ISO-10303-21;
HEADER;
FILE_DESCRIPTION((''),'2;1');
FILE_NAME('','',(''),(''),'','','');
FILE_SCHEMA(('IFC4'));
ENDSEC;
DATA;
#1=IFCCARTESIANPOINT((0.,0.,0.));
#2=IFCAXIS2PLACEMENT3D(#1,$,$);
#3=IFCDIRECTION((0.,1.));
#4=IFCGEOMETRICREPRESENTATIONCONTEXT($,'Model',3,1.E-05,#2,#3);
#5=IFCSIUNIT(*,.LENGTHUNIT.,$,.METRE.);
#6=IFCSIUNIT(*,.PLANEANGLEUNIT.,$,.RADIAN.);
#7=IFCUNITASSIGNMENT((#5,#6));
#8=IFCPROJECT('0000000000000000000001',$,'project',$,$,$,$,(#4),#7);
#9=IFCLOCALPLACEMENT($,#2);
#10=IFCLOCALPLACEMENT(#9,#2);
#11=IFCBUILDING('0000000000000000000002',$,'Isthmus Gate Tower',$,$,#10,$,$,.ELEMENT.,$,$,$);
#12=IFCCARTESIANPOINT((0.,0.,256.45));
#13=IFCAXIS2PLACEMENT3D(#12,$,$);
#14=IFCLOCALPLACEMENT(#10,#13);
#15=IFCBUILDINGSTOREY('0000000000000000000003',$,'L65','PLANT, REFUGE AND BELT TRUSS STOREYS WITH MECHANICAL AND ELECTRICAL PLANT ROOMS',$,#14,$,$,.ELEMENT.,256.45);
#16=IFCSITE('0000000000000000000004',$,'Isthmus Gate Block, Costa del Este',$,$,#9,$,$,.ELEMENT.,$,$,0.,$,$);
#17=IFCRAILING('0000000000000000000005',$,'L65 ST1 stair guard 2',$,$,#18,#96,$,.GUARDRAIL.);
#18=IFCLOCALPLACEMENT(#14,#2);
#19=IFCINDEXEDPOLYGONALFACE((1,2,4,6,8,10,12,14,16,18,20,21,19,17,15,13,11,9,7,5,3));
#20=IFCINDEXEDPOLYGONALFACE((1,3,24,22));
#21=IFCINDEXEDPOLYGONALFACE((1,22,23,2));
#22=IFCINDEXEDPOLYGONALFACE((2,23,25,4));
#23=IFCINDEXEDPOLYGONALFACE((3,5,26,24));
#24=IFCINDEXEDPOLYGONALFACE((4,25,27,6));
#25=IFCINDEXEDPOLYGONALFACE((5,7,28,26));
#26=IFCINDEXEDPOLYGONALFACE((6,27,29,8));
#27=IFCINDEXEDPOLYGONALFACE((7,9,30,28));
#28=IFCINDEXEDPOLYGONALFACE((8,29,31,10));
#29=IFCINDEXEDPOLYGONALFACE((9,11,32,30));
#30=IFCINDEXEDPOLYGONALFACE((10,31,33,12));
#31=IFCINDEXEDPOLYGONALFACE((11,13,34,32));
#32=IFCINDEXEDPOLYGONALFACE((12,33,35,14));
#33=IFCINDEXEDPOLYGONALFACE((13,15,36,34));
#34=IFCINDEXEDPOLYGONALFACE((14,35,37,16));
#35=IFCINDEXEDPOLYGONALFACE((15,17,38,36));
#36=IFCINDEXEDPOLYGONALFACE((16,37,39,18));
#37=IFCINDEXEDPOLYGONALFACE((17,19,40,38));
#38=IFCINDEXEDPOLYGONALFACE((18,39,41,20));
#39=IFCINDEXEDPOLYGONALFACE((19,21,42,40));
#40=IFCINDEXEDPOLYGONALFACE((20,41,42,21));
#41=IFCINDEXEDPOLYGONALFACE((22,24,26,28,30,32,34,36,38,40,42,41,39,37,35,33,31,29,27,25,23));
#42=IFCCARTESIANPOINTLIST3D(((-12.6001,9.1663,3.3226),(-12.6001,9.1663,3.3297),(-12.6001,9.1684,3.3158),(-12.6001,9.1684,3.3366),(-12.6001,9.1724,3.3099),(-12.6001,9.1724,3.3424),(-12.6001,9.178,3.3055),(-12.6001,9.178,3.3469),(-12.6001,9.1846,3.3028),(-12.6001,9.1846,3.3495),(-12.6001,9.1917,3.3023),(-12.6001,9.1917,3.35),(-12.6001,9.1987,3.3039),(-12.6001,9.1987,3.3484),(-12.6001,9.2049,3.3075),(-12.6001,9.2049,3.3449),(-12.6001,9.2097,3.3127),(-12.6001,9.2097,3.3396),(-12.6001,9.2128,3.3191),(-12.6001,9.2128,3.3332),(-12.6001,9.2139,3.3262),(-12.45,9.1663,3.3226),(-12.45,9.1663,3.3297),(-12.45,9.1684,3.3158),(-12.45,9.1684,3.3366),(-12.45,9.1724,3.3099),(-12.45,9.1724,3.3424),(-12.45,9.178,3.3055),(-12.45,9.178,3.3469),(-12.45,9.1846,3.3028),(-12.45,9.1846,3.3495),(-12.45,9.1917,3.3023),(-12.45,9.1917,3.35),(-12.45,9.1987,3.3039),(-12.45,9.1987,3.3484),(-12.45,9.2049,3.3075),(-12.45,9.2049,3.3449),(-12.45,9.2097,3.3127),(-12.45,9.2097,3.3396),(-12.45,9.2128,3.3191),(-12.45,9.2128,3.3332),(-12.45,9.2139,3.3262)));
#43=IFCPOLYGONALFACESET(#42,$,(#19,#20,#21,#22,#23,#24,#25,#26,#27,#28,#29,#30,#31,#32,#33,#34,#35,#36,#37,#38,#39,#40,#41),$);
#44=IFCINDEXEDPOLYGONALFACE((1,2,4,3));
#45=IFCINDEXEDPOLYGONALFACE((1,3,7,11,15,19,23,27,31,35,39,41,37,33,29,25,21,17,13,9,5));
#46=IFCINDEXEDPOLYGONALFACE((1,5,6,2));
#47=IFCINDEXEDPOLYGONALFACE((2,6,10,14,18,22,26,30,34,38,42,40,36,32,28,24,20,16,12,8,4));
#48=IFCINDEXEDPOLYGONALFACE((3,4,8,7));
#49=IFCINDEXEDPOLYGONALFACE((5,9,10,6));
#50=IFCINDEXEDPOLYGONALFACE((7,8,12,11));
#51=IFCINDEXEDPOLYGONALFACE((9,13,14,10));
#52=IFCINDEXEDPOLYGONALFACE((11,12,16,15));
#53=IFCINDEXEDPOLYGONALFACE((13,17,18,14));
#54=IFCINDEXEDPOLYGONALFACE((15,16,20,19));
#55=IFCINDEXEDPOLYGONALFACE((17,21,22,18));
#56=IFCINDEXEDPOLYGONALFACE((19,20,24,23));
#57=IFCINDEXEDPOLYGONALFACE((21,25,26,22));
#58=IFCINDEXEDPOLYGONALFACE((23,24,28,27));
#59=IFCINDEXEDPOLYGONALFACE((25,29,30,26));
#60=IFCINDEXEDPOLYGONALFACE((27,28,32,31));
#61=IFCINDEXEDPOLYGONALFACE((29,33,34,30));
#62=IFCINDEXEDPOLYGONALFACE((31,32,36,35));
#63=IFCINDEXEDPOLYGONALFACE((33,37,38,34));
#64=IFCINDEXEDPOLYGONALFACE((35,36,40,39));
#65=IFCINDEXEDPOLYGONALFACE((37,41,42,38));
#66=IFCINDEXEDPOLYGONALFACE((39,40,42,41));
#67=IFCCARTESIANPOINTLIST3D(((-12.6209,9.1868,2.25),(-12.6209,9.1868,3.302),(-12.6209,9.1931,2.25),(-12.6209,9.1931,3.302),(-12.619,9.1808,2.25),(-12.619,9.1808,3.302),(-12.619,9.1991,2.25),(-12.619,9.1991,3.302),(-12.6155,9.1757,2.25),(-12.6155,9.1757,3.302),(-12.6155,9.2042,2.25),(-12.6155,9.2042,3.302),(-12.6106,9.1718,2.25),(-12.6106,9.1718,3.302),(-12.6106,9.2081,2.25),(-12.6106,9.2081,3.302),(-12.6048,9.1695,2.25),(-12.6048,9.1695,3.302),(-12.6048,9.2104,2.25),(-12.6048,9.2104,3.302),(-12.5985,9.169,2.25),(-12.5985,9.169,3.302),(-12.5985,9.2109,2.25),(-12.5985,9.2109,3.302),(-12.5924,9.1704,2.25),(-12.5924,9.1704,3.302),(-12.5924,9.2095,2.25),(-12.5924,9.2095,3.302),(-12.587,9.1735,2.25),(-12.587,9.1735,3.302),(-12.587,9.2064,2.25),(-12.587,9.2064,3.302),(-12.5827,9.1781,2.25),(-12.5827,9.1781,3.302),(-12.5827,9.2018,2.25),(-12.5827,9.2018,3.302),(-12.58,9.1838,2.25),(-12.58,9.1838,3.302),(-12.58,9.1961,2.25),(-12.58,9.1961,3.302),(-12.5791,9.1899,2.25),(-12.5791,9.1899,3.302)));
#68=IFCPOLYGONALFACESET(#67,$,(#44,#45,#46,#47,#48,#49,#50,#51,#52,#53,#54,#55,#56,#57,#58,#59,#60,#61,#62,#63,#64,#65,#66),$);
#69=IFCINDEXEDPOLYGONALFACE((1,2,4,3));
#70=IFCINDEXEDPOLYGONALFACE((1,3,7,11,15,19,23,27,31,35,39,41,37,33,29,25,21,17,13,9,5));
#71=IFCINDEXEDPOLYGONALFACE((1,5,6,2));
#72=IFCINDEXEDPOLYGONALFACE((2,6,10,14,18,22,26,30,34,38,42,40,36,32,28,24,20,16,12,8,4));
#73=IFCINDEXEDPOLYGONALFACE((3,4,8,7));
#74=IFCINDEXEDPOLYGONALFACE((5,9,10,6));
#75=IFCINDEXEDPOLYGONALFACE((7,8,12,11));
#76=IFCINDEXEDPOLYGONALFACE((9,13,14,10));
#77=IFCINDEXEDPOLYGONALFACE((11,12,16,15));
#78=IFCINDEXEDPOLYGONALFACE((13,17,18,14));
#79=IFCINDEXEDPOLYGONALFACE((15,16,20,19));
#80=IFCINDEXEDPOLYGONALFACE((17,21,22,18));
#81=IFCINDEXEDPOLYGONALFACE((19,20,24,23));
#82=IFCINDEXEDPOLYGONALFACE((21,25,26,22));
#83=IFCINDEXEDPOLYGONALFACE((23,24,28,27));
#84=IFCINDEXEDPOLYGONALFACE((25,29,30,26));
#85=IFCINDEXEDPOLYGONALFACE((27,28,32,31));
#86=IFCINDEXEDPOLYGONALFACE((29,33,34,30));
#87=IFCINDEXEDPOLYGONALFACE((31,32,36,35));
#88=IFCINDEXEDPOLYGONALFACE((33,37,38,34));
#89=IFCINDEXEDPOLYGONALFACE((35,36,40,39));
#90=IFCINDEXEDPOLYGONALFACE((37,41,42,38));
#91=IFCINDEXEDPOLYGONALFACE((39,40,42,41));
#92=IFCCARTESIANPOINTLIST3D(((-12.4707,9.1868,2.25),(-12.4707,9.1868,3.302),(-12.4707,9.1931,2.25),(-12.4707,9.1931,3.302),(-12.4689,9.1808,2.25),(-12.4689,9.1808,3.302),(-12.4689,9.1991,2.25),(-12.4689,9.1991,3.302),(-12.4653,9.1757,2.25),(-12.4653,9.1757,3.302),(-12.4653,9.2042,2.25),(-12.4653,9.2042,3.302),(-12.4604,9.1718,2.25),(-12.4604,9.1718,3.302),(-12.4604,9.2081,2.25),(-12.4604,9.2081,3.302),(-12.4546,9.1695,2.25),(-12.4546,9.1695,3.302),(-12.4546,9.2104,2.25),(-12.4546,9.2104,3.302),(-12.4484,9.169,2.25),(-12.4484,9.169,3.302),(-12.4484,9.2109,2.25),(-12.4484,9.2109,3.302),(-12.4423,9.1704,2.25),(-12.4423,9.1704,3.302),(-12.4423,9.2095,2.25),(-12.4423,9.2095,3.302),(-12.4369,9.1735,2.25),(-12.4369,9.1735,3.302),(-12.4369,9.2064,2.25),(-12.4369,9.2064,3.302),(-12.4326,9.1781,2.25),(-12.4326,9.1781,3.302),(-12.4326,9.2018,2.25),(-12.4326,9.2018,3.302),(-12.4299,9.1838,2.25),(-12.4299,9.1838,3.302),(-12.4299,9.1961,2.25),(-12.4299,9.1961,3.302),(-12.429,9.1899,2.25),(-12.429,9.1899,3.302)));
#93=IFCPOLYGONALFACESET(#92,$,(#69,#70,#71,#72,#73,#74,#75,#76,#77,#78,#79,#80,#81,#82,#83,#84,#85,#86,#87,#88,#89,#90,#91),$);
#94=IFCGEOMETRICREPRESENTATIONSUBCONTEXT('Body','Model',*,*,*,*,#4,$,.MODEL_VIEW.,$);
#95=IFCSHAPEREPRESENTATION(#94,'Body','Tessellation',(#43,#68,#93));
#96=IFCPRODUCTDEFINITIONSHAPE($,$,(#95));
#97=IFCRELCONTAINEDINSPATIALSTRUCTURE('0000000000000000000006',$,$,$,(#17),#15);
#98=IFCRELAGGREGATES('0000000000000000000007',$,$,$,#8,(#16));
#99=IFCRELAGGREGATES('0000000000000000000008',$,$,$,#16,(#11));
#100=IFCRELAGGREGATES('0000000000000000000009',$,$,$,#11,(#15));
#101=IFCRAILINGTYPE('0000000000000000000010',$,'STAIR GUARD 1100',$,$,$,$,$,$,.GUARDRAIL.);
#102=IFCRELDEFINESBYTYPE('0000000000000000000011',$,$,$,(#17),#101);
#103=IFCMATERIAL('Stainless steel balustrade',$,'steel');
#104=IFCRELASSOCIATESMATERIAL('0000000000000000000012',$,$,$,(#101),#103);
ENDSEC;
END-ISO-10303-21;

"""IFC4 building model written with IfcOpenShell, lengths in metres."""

from ifc_helpers import new_model, si_unit, direction, frame, origin, origin_2d, place, context, subcontext, project, spatial, circle, extrude, material, type_object, element, save


model = new_model("IFC4")

# Units and contexts
model_context = context("Model", 3, precision=1e-05, world=origin(), true_north=direction((0.0, 1.0)))
body_context = subcontext(model_context, "Body", "Model", "MODEL_VIEW")
ifc_project = project(units=[si_unit("LENGTHUNIT", "METRE"), si_unit("PLANEANGLEUNIT", "RADIAN")], contexts=[model_context])

# Site, building, storey
site_placement = place(None, origin())
site = spatial("IfcSite", under=ifc_project, at=site_placement, Name="Isthmus Gate Block, Costa del Este", CompositionType="ELEMENT", RefElevation=0.0)
building_placement = place(site_placement, origin())
building = spatial("IfcBuilding", under=site, at=building_placement, Name="Isthmus Gate Tower", CompositionType="ELEMENT")
storey_placement = place(building_placement, frame((0.0, 0.0, 256.45)))
storey = spatial("IfcBuildingStorey", under=building, at=storey_placement, Name="L65", Description="PLANT, REFUGE AND BELT TRUSS STOREYS WITH MECHANICAL AND ELECTRICAL PLANT ROOMS", CompositionType="ELEMENT", Elevation=256.45)

# Railing
ifc_material_1 = material(Name="Stainless steel balustrade", Category="steel")
railing_type_1 = type_object("IfcRailingType", Name="STAIR GUARD 1100", PredefinedType="GUARDRAIL", material=ifc_material_1)
railing_1_placement = place(storey_placement, frame((-12.6001, 9.1899, 2.25)))
element("IfcRailing", 1, at=railing_1_placement, inside=storey, type_object=railing_type_1, Name="L65 ST1 stair guard 2", PredefinedType="GUARDRAIL", context=body_context, shape_type="SweptSolid", body=[
    extrude(circle(Radius=0.0239, at=origin_2d()), frame((0.0, 0.0, 1.0762), z_axis=(1.0, 0.0, 0.0), x_axis=(0.0, 1.0, 0.0)), (0.0, 0.0, 1.0), 0.1501),
    extrude(circle(Radius=0.021, at=origin_2d()), origin(), (0.0, 0.0, 1.0), 1.052),
    extrude(circle(Radius=0.021, at=origin_2d()), frame((0.1501, 0.0, 0.0)), (0.0, 0.0, 1.0), 1.052),
])

save(model, "model.ifc")
